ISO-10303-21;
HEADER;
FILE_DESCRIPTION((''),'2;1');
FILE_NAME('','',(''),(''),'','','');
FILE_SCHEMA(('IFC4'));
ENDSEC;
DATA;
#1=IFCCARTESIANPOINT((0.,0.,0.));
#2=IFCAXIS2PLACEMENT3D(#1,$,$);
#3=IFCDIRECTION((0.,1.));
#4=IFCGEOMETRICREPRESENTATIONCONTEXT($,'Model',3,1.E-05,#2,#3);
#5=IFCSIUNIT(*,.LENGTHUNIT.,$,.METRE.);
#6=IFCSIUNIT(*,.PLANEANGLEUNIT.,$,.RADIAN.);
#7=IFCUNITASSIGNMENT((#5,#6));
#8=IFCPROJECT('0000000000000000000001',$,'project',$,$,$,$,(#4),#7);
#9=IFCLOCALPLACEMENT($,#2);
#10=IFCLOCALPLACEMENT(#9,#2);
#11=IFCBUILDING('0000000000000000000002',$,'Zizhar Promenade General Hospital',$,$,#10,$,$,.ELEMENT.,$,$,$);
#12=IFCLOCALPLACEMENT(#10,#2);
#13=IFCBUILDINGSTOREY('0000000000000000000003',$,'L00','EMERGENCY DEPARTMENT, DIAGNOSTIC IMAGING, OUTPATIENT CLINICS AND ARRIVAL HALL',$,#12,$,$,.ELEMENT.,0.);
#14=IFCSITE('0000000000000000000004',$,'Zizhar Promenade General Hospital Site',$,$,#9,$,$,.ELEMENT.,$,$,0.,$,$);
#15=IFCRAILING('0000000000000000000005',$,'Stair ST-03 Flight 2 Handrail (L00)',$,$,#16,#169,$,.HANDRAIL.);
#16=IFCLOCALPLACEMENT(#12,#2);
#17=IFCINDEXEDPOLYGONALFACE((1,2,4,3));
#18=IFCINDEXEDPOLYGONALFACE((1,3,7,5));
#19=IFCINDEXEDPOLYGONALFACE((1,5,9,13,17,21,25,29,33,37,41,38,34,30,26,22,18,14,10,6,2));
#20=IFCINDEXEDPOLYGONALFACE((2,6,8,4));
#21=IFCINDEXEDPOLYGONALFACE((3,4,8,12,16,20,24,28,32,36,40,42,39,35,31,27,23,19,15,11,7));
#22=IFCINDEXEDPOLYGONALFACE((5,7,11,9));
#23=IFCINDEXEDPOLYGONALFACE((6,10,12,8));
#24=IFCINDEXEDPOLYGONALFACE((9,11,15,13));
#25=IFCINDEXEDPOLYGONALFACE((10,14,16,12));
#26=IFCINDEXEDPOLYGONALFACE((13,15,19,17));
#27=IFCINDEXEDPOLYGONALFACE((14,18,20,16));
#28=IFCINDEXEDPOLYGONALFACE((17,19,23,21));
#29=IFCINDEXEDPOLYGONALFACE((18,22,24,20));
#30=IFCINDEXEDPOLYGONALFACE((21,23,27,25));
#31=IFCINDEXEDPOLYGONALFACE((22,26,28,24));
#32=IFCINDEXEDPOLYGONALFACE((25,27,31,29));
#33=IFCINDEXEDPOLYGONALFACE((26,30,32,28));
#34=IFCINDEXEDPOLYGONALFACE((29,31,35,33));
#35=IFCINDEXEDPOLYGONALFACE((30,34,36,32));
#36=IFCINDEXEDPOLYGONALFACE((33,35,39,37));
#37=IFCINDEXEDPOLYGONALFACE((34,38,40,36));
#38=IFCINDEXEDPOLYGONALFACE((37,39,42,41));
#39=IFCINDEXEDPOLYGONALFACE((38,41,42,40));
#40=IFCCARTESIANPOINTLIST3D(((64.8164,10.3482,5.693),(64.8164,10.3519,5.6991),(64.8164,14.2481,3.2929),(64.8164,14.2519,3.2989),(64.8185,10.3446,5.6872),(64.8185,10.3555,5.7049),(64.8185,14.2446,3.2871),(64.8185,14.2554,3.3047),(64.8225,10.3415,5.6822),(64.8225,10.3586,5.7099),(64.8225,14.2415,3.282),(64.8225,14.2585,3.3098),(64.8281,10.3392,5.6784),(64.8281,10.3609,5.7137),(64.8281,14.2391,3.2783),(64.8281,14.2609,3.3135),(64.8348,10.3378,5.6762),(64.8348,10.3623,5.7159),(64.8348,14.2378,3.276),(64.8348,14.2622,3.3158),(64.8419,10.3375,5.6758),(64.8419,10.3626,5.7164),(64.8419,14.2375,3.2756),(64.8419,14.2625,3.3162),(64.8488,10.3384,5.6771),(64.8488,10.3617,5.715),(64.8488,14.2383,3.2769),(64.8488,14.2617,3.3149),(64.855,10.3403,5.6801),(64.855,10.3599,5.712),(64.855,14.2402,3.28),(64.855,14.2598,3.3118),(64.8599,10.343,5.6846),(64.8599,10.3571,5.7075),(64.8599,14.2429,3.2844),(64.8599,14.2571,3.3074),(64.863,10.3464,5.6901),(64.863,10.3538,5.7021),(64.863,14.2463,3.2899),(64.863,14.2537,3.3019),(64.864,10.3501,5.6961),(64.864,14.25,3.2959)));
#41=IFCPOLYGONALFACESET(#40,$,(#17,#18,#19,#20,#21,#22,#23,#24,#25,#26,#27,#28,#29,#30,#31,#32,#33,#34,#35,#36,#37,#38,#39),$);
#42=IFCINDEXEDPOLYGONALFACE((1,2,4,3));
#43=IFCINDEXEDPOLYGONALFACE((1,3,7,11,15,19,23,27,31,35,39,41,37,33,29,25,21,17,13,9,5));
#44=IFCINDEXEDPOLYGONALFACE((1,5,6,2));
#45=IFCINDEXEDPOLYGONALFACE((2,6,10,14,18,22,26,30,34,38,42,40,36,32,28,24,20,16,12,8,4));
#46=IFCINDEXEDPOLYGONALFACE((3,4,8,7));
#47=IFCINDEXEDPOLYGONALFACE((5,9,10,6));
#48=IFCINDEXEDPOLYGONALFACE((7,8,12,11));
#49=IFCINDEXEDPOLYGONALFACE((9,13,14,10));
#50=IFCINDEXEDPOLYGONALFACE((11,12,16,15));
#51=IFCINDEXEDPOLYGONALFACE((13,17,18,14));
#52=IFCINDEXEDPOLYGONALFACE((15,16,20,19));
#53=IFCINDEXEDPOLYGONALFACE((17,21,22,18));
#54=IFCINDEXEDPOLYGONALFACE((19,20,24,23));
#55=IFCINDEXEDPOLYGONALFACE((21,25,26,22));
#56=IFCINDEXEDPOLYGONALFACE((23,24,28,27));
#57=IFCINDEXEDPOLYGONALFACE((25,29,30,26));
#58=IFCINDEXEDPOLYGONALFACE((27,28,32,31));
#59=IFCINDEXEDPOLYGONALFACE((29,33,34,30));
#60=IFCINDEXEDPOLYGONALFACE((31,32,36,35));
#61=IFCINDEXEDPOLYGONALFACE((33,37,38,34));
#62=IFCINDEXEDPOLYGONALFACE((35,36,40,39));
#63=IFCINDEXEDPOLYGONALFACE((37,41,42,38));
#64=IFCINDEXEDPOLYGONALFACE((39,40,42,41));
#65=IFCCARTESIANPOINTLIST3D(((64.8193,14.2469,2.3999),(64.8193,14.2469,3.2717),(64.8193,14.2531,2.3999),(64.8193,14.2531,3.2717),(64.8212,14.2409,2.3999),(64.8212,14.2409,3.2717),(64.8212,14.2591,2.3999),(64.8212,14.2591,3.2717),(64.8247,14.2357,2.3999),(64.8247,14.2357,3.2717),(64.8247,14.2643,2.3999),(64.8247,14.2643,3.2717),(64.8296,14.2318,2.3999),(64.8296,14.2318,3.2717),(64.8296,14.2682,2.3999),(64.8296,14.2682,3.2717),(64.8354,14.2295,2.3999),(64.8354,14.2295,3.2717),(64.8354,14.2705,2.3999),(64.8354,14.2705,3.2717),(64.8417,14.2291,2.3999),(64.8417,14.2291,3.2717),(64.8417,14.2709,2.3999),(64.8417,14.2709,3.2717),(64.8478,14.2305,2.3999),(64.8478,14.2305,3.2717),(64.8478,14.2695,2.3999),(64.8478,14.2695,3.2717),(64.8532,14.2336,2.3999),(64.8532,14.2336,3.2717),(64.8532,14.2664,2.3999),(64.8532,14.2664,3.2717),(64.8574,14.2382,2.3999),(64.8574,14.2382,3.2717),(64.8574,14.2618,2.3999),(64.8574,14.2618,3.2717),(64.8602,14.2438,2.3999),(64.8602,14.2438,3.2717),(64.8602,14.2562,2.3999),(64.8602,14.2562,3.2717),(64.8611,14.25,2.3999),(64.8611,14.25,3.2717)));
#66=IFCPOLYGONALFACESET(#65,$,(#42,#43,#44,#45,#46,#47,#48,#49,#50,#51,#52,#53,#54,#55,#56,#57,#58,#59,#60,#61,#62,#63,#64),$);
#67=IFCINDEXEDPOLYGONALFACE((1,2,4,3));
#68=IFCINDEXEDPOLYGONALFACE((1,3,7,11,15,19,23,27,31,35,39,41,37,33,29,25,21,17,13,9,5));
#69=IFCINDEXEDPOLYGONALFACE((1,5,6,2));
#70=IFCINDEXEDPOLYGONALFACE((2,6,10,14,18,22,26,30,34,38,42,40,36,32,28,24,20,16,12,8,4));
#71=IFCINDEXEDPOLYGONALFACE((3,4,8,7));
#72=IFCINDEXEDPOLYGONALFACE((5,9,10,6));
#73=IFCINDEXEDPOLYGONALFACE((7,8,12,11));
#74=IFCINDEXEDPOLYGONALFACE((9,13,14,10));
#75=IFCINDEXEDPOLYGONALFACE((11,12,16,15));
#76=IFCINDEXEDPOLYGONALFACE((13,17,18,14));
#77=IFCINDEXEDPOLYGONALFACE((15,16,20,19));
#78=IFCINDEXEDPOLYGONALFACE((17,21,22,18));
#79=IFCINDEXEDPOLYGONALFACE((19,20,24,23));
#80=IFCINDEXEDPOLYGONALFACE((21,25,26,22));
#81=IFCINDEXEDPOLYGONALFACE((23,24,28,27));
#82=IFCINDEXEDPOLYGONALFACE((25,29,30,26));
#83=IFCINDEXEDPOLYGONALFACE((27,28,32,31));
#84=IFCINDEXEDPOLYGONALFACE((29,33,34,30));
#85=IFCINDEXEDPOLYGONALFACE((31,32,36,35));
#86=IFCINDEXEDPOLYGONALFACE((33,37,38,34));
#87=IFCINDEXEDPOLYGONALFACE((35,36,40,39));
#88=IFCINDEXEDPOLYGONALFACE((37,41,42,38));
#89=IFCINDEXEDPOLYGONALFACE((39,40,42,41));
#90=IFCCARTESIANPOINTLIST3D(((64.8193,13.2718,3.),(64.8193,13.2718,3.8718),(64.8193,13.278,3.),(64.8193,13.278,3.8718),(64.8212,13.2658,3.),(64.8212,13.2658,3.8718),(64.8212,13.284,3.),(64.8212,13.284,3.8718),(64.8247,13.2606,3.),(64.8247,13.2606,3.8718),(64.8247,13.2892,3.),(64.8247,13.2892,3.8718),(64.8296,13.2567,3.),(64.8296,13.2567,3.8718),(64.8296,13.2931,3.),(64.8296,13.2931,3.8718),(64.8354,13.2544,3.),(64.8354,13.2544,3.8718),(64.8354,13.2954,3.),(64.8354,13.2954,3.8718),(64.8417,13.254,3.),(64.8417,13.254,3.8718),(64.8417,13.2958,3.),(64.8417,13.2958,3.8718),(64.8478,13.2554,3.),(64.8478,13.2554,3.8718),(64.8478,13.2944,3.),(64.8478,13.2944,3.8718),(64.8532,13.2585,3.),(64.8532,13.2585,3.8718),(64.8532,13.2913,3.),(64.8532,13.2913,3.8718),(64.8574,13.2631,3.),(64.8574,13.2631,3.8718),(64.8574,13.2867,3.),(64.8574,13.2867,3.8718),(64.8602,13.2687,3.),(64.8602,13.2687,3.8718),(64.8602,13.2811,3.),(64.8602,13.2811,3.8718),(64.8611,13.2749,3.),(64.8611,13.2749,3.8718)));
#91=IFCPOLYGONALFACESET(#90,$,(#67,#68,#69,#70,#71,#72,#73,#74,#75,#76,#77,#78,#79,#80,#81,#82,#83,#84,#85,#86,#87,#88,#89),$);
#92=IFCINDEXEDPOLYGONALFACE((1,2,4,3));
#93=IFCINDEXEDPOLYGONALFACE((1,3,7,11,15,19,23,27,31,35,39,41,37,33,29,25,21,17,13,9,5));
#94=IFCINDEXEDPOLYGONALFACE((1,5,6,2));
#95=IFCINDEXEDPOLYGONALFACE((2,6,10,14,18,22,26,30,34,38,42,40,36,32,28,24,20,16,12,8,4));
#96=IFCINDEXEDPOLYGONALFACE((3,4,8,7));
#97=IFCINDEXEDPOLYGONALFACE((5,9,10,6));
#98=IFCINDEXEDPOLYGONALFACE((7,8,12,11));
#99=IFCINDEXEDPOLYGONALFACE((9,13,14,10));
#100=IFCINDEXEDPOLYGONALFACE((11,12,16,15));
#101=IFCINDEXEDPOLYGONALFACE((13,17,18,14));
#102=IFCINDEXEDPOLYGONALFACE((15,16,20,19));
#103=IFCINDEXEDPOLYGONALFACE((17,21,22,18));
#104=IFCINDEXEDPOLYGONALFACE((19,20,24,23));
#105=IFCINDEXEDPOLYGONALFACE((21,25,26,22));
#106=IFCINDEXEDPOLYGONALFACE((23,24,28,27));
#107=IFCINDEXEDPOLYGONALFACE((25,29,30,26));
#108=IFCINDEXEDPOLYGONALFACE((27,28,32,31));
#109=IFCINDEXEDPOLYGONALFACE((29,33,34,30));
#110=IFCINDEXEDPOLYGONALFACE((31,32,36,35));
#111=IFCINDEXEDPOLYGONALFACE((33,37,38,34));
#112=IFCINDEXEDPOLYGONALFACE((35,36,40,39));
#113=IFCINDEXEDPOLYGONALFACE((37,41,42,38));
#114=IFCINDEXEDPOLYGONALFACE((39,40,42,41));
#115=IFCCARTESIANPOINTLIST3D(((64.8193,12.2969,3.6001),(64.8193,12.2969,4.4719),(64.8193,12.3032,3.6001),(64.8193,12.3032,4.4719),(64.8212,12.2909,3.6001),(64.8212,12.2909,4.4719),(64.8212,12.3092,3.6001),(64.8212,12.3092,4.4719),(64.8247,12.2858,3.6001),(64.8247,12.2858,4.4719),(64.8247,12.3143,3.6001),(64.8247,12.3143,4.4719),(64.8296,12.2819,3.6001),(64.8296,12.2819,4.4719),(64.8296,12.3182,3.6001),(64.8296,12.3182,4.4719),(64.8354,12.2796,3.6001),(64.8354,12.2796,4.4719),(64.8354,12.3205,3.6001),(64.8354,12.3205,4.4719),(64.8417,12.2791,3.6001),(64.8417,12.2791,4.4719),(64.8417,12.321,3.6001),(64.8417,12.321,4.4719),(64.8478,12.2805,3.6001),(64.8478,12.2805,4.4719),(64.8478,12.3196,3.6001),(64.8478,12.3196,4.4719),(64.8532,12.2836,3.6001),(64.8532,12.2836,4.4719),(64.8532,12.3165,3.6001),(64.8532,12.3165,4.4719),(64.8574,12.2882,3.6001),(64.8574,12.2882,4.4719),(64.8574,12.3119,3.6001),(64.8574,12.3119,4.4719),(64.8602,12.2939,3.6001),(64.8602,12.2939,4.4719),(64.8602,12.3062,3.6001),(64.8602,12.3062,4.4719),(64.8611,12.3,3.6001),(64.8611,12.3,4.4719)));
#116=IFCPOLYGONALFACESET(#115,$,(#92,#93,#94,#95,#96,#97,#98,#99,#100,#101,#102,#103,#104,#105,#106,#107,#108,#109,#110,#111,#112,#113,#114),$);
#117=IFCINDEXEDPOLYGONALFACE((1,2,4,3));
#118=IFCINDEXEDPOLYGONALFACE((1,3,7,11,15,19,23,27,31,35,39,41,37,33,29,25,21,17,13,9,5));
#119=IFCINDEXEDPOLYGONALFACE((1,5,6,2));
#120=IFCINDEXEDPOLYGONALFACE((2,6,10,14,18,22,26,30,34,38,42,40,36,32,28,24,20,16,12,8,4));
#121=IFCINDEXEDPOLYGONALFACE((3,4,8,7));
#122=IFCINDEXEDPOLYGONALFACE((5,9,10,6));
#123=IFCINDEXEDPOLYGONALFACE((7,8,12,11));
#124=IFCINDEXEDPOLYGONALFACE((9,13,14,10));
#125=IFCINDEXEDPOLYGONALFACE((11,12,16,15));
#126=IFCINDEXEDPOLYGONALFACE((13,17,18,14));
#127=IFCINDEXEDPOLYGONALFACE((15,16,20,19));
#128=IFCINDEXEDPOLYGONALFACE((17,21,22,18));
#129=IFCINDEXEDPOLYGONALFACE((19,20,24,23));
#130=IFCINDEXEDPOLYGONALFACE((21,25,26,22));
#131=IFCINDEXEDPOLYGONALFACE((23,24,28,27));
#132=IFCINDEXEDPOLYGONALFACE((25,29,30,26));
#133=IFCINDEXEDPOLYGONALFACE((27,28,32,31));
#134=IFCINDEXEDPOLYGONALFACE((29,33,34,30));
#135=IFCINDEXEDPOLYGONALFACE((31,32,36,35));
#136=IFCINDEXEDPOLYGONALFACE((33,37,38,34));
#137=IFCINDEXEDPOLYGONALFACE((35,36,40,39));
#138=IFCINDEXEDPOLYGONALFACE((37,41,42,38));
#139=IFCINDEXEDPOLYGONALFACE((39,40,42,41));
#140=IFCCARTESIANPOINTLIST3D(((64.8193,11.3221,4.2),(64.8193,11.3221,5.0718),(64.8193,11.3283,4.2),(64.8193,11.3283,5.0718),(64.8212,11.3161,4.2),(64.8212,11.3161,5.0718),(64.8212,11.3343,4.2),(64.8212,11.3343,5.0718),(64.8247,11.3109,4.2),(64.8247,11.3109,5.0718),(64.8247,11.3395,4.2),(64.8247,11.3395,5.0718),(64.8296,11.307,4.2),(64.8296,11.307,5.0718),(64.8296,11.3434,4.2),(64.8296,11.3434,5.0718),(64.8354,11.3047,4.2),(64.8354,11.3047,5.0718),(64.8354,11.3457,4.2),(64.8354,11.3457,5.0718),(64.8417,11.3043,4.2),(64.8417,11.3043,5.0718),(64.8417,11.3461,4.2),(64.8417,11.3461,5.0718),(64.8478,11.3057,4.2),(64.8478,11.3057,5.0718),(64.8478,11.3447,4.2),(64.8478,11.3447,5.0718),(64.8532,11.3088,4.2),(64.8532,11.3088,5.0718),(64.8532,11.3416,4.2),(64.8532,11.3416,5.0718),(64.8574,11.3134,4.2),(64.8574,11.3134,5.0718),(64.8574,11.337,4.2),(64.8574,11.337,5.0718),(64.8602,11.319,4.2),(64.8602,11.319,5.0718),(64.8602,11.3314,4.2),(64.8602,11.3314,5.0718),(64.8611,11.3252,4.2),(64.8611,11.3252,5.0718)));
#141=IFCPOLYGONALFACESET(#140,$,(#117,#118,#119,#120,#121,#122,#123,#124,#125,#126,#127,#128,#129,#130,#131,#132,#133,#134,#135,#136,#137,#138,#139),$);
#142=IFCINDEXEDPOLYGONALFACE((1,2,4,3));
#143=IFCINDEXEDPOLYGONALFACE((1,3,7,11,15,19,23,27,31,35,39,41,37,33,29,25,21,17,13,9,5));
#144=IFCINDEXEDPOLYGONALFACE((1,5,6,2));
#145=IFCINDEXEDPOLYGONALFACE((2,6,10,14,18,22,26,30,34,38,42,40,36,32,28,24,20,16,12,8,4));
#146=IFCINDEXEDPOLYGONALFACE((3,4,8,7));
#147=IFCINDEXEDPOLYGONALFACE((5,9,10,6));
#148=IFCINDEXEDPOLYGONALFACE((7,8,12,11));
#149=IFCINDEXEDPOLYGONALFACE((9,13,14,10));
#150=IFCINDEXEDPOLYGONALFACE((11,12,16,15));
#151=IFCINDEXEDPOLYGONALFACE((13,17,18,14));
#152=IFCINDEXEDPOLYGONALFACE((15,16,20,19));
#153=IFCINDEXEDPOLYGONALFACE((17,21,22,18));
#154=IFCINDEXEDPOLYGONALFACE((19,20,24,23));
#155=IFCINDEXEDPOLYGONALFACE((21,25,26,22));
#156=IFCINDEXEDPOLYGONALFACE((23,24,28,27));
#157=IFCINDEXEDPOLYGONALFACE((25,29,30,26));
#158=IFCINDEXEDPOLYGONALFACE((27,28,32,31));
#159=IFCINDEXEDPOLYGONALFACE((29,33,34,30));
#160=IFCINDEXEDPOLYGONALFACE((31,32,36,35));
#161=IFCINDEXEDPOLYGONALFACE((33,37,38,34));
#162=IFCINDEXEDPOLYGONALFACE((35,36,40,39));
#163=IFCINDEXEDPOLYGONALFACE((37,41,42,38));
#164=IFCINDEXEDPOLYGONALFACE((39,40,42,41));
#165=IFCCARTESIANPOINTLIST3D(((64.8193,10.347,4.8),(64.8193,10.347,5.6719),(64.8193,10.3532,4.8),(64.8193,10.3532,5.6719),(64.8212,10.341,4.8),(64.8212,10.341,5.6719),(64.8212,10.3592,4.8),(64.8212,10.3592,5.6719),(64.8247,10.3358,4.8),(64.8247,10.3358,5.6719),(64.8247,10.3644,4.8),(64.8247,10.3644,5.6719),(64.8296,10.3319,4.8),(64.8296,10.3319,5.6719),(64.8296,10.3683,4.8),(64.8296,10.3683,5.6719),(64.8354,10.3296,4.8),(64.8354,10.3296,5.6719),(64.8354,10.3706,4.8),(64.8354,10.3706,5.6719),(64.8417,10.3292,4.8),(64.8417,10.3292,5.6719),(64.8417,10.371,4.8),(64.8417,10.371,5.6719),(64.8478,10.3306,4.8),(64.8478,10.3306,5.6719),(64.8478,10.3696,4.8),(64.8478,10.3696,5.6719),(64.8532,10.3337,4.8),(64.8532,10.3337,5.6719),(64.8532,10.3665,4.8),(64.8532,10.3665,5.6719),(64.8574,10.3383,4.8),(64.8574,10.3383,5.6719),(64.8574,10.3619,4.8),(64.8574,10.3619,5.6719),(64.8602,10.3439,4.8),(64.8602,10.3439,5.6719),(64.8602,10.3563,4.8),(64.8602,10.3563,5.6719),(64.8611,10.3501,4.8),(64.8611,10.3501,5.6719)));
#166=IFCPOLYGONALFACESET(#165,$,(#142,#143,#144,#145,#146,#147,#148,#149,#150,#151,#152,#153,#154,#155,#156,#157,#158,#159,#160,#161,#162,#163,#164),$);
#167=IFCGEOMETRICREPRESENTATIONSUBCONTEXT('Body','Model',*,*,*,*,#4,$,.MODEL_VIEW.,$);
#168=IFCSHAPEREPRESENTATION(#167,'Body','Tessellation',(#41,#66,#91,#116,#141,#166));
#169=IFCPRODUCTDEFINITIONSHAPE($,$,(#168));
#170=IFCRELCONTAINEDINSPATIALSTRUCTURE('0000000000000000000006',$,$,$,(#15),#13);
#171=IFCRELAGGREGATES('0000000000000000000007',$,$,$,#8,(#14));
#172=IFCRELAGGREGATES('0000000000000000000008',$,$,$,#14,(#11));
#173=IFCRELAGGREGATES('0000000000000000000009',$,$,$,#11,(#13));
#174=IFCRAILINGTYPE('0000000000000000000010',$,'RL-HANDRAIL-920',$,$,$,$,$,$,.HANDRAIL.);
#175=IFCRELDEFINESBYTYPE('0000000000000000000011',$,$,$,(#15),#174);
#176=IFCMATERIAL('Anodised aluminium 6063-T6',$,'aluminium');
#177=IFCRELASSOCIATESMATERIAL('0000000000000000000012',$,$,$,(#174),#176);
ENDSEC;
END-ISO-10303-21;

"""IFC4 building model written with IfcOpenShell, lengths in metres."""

from ifc_helpers import new_model, si_unit, direction, frame, origin, origin_2d, place, context, subcontext, project, spatial, circle, hollow_circle, extrude, material, material_profile, profile_set, type_object, element, save


model = new_model("IFC4")

# Units and contexts
model_context = context("Model", 3, precision=1e-05, world=origin(), true_north=direction((0.0, 1.0)))
body_context = subcontext(model_context, "Body", "Model", "MODEL_VIEW")
ifc_project = project(units=[si_unit("LENGTHUNIT", "METRE"), si_unit("PLANEANGLEUNIT", "RADIAN")], contexts=[model_context])

# Site, building, storey
site_placement = place(None, origin())
site = spatial("IfcSite", under=ifc_project, at=site_placement, Name="Zizhar Promenade General Hospital Site", CompositionType="ELEMENT", RefElevation=0.0)
building_placement = place(site_placement, origin())
building = spatial("IfcBuilding", under=site, at=building_placement, Name="Zizhar Promenade General Hospital", CompositionType="ELEMENT")
storey_placement = place(building_placement, origin())
storey = spatial("IfcBuildingStorey", under=building, at=storey_placement, Name="L00", Description="EMERGENCY DEPARTMENT, DIAGNOSTIC IMAGING, OUTPATIENT CLINICS AND ARRIVAL HALL", CompositionType="ELEMENT", Elevation=0.0)

# Railing
ifc_material_1 = material(Name="Anodised aluminium 6063-T6", Category="aluminium")
ifc_material_profile_1 = material_profile(ifc_material_1, hollow_circle(Radius=0.0698, WallThickness=0.0063, at=origin_2d()))
ifc_profile_set_1 = profile_set([ifc_material_profile_1], Name="Anodised aluminium 6063-T6")
railing_type_1 = type_object("IfcRailingType", Name="RL-HANDRAIL-920", PredefinedType="HANDRAIL", material=ifc_profile_set_1)
railing_1_placement = place(storey_placement, frame((64.8401, 14.25, 2.3999)))
element("IfcRailing", 1, at=railing_1_placement, inside=storey, type_object=railing_type_1, Name="Stair ST-03 Flight 2 Handrail (L00)", PredefinedType="HANDRAIL", context=body_context, shape_type="SweptSolid", body=[
    extrude(circle(Radius=0.0239, at=origin_2d()), frame((0.0, 0.0, 0.896), z_axis=(0.0, -0.851638, 0.52413), x_axis=(1.0, 0.0, 0.0)), (0.0, 0.0, 1.0), 4.5793),
    extrude(circle(Radius=0.021, at=origin_2d()), origin(), (0.0, 0.0, 1.0), 0.8718),
    extrude(circle(Radius=0.021, at=origin_2d()), frame((0.0, -0.9751, 0.6001)), (0.0, 0.0, 1.0), 0.8718),
    extrude(circle(Radius=0.021, at=origin_2d()), frame((0.0, -1.95, 1.2002)), (0.0, 0.0, 1.0), 0.8718),
    extrude(circle(Radius=0.021, at=origin_2d()), frame((0.0, -2.9248, 1.8)), (0.0, 0.0, 1.0), 0.8718),
    extrude(circle(Radius=0.021, at=origin_2d()), frame((0.0, -3.8999, 2.4001)), (0.0, 0.0, 1.0), 0.8718),
])

save(model, "model.ifc")
